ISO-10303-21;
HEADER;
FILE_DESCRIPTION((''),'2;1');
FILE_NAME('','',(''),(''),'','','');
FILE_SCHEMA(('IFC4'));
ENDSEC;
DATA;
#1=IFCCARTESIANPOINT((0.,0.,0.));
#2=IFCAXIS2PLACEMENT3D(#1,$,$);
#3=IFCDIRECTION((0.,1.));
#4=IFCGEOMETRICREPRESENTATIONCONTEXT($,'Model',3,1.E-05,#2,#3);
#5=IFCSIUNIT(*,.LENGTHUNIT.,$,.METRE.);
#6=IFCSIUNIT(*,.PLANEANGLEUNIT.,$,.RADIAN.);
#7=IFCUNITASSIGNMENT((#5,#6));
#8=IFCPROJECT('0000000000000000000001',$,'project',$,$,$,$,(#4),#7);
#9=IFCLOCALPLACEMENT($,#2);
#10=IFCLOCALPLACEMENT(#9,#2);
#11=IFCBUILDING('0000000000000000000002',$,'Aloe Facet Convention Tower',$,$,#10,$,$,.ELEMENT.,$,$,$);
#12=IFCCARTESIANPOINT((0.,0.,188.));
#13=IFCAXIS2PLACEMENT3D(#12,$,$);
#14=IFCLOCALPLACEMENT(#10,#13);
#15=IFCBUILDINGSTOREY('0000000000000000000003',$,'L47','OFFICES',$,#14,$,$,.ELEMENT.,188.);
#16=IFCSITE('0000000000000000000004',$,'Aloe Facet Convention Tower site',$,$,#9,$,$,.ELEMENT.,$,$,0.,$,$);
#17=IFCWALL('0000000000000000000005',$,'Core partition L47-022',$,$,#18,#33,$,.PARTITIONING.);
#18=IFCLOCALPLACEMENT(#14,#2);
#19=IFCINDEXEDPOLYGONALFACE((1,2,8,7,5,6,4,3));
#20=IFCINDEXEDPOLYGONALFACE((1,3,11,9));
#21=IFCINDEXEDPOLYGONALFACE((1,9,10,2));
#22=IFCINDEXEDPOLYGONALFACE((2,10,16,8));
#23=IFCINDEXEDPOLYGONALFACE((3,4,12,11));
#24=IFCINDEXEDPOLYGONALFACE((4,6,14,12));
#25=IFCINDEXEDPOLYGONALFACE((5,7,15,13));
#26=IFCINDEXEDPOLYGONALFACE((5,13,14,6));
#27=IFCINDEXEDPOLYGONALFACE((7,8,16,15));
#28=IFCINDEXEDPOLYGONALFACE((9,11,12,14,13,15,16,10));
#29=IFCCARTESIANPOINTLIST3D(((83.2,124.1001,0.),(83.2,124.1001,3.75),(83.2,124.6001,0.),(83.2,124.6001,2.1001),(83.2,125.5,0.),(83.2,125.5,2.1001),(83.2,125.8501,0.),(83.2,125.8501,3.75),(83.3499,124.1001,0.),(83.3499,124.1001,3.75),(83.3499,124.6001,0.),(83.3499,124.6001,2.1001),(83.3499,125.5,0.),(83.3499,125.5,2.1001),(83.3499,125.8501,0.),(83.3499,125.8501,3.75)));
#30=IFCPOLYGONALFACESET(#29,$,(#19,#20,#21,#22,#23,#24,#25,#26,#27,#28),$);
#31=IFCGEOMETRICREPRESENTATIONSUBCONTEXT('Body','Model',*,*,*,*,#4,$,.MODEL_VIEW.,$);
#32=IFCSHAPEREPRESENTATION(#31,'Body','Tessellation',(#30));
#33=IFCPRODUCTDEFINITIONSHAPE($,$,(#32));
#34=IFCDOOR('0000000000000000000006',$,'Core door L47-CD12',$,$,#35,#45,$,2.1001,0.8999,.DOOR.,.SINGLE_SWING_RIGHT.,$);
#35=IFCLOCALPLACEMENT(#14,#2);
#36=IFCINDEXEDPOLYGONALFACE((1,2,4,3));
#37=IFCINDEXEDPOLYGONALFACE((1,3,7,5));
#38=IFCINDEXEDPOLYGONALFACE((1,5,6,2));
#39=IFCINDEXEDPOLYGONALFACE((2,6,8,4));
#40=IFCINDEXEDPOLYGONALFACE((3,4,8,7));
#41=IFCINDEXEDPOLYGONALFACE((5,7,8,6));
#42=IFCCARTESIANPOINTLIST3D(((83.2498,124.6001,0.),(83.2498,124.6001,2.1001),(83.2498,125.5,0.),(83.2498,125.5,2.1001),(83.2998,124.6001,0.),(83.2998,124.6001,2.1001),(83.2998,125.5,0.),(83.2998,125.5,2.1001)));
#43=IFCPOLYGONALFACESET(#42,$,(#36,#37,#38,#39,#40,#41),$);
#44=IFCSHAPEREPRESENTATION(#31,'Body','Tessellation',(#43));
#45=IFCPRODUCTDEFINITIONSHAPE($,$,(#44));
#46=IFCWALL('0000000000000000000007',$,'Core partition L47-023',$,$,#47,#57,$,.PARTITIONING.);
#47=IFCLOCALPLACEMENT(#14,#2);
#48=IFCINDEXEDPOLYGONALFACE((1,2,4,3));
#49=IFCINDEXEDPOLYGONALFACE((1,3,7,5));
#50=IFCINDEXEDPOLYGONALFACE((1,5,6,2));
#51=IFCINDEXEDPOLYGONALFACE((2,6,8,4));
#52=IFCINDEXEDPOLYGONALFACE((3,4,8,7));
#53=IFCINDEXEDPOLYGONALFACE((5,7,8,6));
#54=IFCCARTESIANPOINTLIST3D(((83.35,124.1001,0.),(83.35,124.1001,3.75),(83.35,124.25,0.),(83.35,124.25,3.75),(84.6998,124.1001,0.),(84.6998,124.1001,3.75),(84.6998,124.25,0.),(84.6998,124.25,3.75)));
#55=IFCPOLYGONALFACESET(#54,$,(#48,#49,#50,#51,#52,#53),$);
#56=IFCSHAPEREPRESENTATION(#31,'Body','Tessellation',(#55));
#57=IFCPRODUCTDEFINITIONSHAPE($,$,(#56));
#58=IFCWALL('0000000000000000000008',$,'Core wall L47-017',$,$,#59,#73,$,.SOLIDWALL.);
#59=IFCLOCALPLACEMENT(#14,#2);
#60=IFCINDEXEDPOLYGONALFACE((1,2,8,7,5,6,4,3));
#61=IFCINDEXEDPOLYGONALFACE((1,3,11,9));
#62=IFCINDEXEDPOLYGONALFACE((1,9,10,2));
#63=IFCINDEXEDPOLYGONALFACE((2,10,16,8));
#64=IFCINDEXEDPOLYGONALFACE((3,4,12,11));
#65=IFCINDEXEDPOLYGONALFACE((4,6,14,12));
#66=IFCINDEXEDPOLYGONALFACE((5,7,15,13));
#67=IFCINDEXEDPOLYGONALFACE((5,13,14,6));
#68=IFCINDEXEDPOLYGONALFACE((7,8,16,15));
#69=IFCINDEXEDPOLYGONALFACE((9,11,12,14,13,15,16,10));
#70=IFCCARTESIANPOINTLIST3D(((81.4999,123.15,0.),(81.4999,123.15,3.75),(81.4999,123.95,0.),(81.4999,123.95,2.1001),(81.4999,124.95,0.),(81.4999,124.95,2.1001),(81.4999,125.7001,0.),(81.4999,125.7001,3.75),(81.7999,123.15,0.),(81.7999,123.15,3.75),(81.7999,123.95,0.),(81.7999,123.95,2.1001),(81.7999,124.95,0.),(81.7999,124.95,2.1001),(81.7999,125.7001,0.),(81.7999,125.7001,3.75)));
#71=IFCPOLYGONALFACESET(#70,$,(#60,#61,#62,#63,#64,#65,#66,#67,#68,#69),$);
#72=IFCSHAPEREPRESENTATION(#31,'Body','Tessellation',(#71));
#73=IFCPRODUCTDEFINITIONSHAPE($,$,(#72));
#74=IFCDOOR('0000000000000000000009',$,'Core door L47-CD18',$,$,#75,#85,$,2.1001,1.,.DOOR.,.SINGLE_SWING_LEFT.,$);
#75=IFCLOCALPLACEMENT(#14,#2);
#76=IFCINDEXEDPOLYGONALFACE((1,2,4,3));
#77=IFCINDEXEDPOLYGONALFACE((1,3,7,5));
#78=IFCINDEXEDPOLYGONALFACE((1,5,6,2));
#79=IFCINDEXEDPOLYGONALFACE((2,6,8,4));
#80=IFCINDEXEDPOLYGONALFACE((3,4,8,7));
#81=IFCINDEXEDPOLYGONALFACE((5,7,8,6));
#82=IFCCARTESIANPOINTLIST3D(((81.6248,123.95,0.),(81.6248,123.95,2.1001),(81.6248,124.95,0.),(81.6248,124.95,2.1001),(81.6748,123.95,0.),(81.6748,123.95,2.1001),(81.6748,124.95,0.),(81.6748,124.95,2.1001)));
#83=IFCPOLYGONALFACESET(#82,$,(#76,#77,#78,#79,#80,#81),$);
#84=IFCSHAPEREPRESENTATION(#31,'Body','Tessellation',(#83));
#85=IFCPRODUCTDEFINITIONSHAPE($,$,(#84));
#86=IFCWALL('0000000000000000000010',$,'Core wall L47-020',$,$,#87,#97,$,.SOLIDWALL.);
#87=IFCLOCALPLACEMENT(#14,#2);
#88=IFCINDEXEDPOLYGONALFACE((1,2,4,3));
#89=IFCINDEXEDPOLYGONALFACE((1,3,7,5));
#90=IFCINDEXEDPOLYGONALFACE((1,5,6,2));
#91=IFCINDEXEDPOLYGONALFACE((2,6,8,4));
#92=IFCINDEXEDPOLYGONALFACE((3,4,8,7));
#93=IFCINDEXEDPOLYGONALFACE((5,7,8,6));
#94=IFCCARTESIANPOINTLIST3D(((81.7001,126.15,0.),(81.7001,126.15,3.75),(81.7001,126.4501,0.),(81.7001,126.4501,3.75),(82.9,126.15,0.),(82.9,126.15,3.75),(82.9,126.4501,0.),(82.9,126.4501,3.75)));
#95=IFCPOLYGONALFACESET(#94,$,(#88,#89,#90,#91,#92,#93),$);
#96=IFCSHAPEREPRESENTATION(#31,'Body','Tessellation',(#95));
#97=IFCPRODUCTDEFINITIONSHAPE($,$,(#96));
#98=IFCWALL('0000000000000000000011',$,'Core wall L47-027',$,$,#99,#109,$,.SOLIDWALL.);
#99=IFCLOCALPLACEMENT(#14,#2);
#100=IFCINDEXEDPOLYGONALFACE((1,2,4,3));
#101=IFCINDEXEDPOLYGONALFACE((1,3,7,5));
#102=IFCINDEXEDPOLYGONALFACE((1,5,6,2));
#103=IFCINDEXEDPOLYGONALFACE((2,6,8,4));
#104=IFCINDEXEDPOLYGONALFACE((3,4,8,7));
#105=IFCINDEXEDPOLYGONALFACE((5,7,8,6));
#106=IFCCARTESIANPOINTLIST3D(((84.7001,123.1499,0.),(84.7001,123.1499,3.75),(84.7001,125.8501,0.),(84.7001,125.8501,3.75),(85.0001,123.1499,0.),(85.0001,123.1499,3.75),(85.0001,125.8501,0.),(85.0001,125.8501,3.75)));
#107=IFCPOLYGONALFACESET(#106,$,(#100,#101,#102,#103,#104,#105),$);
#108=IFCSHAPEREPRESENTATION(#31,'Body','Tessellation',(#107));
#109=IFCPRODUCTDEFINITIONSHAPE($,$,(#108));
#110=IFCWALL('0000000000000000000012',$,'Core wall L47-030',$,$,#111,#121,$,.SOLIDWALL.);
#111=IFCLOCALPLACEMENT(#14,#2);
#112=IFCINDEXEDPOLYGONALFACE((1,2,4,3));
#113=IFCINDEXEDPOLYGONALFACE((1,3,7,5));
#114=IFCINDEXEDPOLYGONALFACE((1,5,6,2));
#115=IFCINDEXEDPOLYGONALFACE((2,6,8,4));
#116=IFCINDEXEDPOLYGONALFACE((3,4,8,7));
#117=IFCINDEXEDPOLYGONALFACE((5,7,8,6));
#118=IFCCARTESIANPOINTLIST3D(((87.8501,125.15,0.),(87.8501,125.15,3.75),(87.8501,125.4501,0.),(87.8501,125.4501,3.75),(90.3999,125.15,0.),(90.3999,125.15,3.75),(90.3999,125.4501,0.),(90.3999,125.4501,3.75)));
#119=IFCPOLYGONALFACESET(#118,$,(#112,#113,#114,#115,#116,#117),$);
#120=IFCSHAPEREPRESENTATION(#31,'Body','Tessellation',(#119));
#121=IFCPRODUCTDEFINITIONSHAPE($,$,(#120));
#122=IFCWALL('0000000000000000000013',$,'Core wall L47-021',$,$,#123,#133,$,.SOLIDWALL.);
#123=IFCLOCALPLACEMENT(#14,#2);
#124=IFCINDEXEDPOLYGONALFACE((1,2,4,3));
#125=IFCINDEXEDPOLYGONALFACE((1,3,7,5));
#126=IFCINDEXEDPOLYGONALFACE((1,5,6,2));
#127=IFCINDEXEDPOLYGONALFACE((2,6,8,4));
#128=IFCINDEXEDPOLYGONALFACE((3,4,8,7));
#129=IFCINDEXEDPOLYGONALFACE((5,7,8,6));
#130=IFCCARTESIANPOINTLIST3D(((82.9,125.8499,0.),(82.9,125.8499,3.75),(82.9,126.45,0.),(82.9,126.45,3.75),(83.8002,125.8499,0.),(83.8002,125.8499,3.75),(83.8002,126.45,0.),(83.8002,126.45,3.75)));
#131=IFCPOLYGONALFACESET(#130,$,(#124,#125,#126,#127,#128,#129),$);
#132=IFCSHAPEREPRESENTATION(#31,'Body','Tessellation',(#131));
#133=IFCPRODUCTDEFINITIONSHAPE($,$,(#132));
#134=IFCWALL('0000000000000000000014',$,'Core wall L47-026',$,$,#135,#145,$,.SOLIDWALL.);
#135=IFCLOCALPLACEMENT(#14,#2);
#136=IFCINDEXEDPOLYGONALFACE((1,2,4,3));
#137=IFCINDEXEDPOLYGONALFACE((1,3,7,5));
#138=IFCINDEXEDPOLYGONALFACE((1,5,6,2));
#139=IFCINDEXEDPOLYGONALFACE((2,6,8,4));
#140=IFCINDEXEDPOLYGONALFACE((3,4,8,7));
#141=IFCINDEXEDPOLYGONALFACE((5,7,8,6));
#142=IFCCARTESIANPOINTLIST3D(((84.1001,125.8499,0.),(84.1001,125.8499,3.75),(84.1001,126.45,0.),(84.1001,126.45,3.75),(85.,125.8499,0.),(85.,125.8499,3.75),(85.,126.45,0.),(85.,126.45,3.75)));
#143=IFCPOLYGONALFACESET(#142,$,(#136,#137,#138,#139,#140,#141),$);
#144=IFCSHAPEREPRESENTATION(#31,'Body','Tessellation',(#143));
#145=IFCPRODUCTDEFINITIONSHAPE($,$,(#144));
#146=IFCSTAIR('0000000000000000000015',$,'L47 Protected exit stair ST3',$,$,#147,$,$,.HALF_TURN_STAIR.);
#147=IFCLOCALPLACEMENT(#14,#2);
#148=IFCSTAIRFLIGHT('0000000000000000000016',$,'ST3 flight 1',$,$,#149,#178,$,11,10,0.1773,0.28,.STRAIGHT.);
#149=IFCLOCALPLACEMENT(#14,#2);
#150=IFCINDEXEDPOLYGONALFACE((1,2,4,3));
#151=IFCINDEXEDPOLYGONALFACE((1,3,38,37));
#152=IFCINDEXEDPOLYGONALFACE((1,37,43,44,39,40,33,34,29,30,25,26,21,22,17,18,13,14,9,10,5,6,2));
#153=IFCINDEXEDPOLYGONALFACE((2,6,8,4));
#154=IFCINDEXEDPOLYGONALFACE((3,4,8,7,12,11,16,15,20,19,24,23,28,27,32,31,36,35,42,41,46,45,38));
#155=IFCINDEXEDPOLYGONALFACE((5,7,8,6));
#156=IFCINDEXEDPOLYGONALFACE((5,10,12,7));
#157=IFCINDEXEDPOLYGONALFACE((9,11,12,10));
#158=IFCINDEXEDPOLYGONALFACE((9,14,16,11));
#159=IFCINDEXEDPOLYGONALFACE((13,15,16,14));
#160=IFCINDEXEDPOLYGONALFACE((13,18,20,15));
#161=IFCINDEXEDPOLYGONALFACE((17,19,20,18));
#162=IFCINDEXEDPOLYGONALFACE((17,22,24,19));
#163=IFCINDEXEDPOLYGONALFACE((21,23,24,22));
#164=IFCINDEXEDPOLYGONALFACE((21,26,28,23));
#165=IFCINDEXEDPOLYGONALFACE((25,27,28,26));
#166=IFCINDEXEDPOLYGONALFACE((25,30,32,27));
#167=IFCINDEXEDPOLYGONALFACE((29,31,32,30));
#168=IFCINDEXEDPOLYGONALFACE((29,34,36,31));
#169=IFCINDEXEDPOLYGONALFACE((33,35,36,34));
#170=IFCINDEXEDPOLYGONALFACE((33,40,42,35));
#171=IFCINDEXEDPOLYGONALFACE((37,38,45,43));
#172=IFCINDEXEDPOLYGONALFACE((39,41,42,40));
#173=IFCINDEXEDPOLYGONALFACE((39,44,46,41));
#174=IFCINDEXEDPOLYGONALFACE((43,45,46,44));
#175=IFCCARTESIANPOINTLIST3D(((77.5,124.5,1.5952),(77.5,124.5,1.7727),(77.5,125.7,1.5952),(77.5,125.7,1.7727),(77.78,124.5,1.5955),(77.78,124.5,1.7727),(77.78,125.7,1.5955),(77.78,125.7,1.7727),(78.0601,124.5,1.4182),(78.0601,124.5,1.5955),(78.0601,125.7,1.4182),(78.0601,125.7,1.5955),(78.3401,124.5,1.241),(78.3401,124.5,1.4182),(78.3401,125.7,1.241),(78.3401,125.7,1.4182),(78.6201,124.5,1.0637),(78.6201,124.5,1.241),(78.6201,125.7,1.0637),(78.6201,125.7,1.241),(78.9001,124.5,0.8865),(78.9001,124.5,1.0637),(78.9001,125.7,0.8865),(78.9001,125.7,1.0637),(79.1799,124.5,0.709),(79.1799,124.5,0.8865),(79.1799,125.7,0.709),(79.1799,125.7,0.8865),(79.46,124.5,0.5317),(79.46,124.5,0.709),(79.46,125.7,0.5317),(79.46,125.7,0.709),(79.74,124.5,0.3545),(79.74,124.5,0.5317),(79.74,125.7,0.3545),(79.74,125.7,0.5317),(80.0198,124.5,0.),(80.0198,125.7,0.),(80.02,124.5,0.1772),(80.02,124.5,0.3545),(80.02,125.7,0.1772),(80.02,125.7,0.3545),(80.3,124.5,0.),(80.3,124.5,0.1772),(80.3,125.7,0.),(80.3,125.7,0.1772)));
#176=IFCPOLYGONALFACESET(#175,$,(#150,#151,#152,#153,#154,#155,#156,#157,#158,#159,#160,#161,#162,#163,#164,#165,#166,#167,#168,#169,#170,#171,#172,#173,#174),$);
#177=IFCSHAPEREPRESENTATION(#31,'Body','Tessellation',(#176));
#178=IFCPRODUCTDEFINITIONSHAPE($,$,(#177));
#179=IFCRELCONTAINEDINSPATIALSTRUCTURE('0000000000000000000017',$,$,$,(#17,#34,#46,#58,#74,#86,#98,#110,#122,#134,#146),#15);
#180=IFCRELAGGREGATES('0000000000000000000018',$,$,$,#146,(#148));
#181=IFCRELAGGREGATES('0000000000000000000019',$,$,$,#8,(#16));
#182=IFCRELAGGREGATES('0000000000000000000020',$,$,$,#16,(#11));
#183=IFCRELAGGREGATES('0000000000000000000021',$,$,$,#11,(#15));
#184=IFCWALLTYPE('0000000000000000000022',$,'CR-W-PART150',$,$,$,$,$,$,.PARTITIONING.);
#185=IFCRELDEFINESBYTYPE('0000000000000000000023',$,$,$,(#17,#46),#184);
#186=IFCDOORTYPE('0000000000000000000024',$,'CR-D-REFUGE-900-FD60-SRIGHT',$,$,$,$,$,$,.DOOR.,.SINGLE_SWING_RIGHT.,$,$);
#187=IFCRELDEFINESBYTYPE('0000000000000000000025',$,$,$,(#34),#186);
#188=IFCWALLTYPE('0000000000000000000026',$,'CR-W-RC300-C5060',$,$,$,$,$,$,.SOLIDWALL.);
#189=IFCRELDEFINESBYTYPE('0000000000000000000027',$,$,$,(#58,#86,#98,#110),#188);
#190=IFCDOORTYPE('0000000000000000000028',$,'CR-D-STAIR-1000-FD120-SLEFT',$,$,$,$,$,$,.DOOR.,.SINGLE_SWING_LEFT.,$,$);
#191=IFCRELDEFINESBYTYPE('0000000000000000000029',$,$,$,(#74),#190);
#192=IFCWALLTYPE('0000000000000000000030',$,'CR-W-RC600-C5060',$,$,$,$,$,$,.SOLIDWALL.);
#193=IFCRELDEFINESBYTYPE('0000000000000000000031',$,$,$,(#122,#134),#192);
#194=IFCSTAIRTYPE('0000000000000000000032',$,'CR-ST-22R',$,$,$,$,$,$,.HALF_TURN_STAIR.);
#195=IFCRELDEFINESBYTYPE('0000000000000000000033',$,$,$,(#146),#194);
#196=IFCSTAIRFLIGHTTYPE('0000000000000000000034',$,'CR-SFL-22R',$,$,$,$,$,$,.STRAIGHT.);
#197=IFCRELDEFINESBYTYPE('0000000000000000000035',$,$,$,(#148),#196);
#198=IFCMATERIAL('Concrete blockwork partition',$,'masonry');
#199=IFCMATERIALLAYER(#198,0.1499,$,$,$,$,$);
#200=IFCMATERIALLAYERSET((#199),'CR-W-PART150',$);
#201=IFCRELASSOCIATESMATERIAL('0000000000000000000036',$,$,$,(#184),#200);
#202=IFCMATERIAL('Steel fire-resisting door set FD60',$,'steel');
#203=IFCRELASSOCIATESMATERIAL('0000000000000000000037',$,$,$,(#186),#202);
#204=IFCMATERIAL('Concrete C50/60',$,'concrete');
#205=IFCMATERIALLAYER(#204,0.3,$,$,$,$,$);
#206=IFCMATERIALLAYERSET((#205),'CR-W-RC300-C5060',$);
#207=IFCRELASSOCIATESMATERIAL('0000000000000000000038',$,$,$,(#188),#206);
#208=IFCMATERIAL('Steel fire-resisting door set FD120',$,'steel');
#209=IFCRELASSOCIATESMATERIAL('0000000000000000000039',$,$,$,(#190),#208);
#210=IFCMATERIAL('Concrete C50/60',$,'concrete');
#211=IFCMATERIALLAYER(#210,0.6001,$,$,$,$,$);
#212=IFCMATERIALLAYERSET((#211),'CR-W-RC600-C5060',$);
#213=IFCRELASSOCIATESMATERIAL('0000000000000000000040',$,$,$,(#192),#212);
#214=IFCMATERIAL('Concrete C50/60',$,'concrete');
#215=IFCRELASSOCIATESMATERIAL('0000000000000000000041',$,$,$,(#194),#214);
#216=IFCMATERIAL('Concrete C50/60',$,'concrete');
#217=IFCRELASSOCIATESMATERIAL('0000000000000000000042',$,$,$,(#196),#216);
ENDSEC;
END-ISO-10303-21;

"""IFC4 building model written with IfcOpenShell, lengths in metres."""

from ifc_helpers import new_model, si_unit, direction, frame, frame_2d, origin, place, context, subcontext, project, spatial, polyline, rectangle, outline, extrude, material, layer, layer_set, type_object, element, fill, aggregate, save


model = new_model("IFC4")

# Units and contexts
model_context = context("Model", 3, precision=1e-05, world=origin(), true_north=direction((0.0, 1.0)))
body_context = subcontext(model_context, "Body", "Model", "MODEL_VIEW")
ifc_project = project(units=[si_unit("LENGTHUNIT", "METRE"), si_unit("PLANEANGLEUNIT", "RADIAN")], contexts=[model_context])

# Site, building, storey
site_placement = place(None, origin())
site = spatial("IfcSite", under=ifc_project, at=site_placement, Name="Aloe Facet Convention Tower site", CompositionType="ELEMENT", RefElevation=0.0)
building_placement = place(site_placement, origin())
building = spatial("IfcBuilding", under=site, at=building_placement, Name="Aloe Facet Convention Tower", CompositionType="ELEMENT")
storey_placement = place(building_placement, frame((0.0, 0.0, 188.0)))
storey = spatial("IfcBuildingStorey", under=building, at=storey_placement, Name="L47", Description="OFFICES", CompositionType="ELEMENT", Elevation=188.0)

# Wall, opening, door
ifc_material_1 = material(Name="Concrete blockwork partition", Category="masonry")
ifc_layer_1 = layer(ifc_material_1, 0.1499)
ifc_layer_set_1 = layer_set([ifc_layer_1], Name="CR-W-PART150")
wall_type_1 = type_object("IfcWallType", Name="CR-W-PART150", PredefinedType="PARTITIONING", material=ifc_layer_set_1)
wall_1_placement = place(storey_placement, frame((83.2749, 125.8501, 0.0), z_axis=(0.0, 0.0, 1.0), x_axis=(0.0, -1.0, 0.0)))
wall_1 = element("IfcWall", 1, at=wall_1_placement, inside=storey, type_object=wall_type_1, Name="Core partition L47-022", PredefinedType="PARTITIONING", context=body_context, shape_type="SweptSolid", body=[
    extrude(rectangle(XDim=1.75, YDim=0.1499, at=frame_2d((0.875, 0.0))), origin(), (0.0, 0.0, 1.0), 3.75),
])
opening_1_placement = place(wall_1_placement, frame((0.3501, 0.0, 0.0)))
opening_1 = element("IfcOpeningElement", 2, at=opening_1_placement, cuts=wall_1, PredefinedType="OPENING", context=body_context, shape_type="SweptSolid", body=[
    extrude(rectangle(XDim=0.8999, YDim=2.1001, at=frame_2d((0.45, 1.05))), frame((0.0, 0.085, 0.0), z_axis=(0.0, -1.0, 0.0), x_axis=(1.0, 0.0, 0.0)), (0.0, 0.0, 1.0), 0.1699),
])
ifc_material_2 = material(Name="Steel fire-resisting door set FD60", Category="steel")
door_type_1 = type_object("IfcDoorType", Name="CR-D-REFUGE-900-FD60-SRIGHT", OperationType="SINGLE_SWING_RIGHT", PredefinedType="DOOR", material=ifc_material_2)
door_1_placement = place(opening_1_placement, origin())
door_1 = element("IfcDoor", 3, at=door_1_placement, inside=storey, type_object=door_type_1, Name="Core door L47-CD12", OperationType="SINGLE_SWING_RIGHT", OverallHeight=2.1001, OverallWidth=0.8999, PredefinedType="DOOR", context=body_context, shape_type="SweptSolid", body=[
    extrude(rectangle(XDim=0.8999, YDim=2.1001, at=frame_2d((0.45, 1.05))), frame((0.0, 0.0249, 0.0), z_axis=(0.0, -1.0, 0.0), x_axis=(1.0, 0.0, 0.0)), (0.0, 0.0, 1.0), 0.05),
])
fill(opening_1, door_1)

# Wall
wall_2_placement = place(storey_placement, frame((83.3501, 124.175, 0.0), z_axis=(0.0, 0.0, 1.0), x_axis=(1.0, 0.0, 0.0)))
element("IfcWall", 4, at=wall_2_placement, inside=storey, type_object=wall_type_1, Name="Core partition L47-023", PredefinedType="PARTITIONING", context=body_context, shape_type="SweptSolid", body=[
    extrude(rectangle(XDim=1.3499, YDim=0.1499, at=frame_2d((0.6748, 0.0))), origin(), (0.0, 0.0, 1.0), 3.75),
])

# Wall, opening, door
ifc_material_3 = material(Name="Concrete C50/60", Category="concrete")
ifc_layer_2 = layer(ifc_material_3, 0.3)
ifc_layer_set_2 = layer_set([ifc_layer_2], Name="CR-W-RC300-C5060")
wall_type_2 = type_object("IfcWallType", Name="CR-W-RC300-C5060", PredefinedType="SOLIDWALL", material=ifc_layer_set_2)
wall_3_placement = place(storey_placement, frame((81.6499, 125.7, 0.0), z_axis=(0.0, 0.0, 1.0), x_axis=(0.0, -1.0, 0.0)))
wall_3 = element("IfcWall", 5, at=wall_3_placement, inside=storey, type_object=wall_type_2, Name="Core wall L47-017", PredefinedType="SOLIDWALL", context=body_context, shape_type="SweptSolid", body=[
    extrude(rectangle(XDim=2.55, YDim=0.3, at=frame_2d((1.2749, 0.0))), origin(), (0.0, 0.0, 1.0), 3.75),
])
opening_2_placement = place(wall_3_placement, frame((0.75, 0.0, 0.0)))
opening_2 = element("IfcOpeningElement", 6, at=opening_2_placement, cuts=wall_3, PredefinedType="OPENING", context=body_context, shape_type="SweptSolid", body=[
    extrude(rectangle(XDim=1.0, YDim=2.1001, at=frame_2d((0.5, 1.05))), frame((0.0, 0.1602, 0.0), z_axis=(0.0, -1.0, 0.0), x_axis=(1.0, 0.0, 0.0)), (0.0, 0.0, 1.0), 0.3201),
])
ifc_material_4 = material(Name="Steel fire-resisting door set FD120", Category="steel")
door_type_2 = type_object("IfcDoorType", Name="CR-D-STAIR-1000-FD120-SLEFT", OperationType="SINGLE_SWING_LEFT", PredefinedType="DOOR", material=ifc_material_4)
door_2_placement = place(opening_2_placement, origin())
door_2 = element("IfcDoor", 7, at=door_2_placement, inside=storey, type_object=door_type_2, Name="Core door L47-CD18", OperationType="SINGLE_SWING_LEFT", OverallHeight=2.1001, OverallWidth=1.0, PredefinedType="DOOR", context=body_context, shape_type="SweptSolid", body=[
    extrude(rectangle(XDim=1.0, YDim=2.1001, at=frame_2d((0.5, 1.05))), frame((0.0, 0.0249, 0.0), z_axis=(0.0, -1.0, 0.0), x_axis=(1.0, 0.0, 0.0)), (0.0, 0.0, 1.0), 0.05),
])
fill(opening_2, door_2)

# Walls
wall_4_placement = place(storey_placement, frame((81.7, 126.3, 0.0), z_axis=(0.0, 0.0, 1.0), x_axis=(1.0, 0.0, 0.0)))
element("IfcWall", 8, at=wall_4_placement, inside=storey, type_object=wall_type_2, Name="Core wall L47-020", PredefinedType="SOLIDWALL", context=body_context, shape_type="SweptSolid", body=[
    extrude(rectangle(XDim=1.2, YDim=0.3, at=frame_2d((0.6001, 0.0))), origin(), (0.0, 0.0, 1.0), 3.75),
])
wall_5_placement = place(storey_placement, frame((84.8501, 125.8501, 0.0), z_axis=(0.0, 0.0, 1.0), x_axis=(0.0, -1.0, 0.0)))
element("IfcWall", 9, at=wall_5_placement, inside=storey, type_object=wall_type_2, Name="Core wall L47-027", PredefinedType="SOLIDWALL", context=body_context, shape_type="SweptSolid", body=[
    extrude(rectangle(XDim=2.7002, YDim=0.3, at=frame_2d((1.3501, 0.0))), origin(), (0.0, 0.0, 1.0), 3.75),
])
wall_6_placement = place(storey_placement, frame((87.8501, 125.3, 0.0), z_axis=(0.0, 0.0, 1.0), x_axis=(1.0, 0.0, 0.0)))
element("IfcWall", 10, at=wall_6_placement, inside=storey, type_object=wall_type_2, Name="Core wall L47-030", PredefinedType="SOLIDWALL", context=body_context, shape_type="SweptSolid", body=[
    extrude(rectangle(XDim=2.5498, YDim=0.3, at=frame_2d((1.2749, 0.0))), origin(), (0.0, 0.0, 1.0), 3.75),
])
ifc_material_5 = material(Name="Concrete C50/60", Category="concrete")
ifc_layer_3 = layer(ifc_material_5, 0.6001)
ifc_layer_set_3 = layer_set([ifc_layer_3], Name="CR-W-RC600-C5060")
wall_type_3 = type_object("IfcWallType", Name="CR-W-RC600-C5060", PredefinedType="SOLIDWALL", material=ifc_layer_set_3)
wall_7_placement = place(storey_placement, frame((82.8999, 126.1499, 0.0), z_axis=(0.0, 0.0, 1.0), x_axis=(1.0, 0.0, 0.0)))
element("IfcWall", 11, at=wall_7_placement, inside=storey, type_object=wall_type_3, Name="Core wall L47-021", PredefinedType="SOLIDWALL", context=body_context, shape_type="SweptSolid", body=[
    extrude(rectangle(XDim=0.9001, YDim=0.6001, at=frame_2d((0.4502, 0.0))), origin(), (0.0, 0.0, 1.0), 3.75),
])
wall_8_placement = place(storey_placement, frame((84.1001, 126.1499, 0.0), z_axis=(0.0, 0.0, 1.0), x_axis=(1.0, 0.0, 0.0)))
element("IfcWall", 12, at=wall_8_placement, inside=storey, type_object=wall_type_3, Name="Core wall L47-026", PredefinedType="SOLIDWALL", context=body_context, shape_type="SweptSolid", body=[
    extrude(rectangle(XDim=0.8999, YDim=0.6001, at=frame_2d((0.45, 0.0))), origin(), (0.0, 0.0, 1.0), 3.75),
])

# Stair, stair flight
ifc_material_6 = material(Name="Concrete C50/60", Category="concrete")
stair_type = type_object("IfcStairType", Name="CR-ST-22R", PredefinedType="HALF_TURN_STAIR", material=ifc_material_6)
stair_placement = place(storey_placement, origin())
stair = element("IfcStair", 13, at=stair_placement, inside=storey, type_object=stair_type, Name="L47 Protected exit stair ST3", PredefinedType="HALF_TURN_STAIR")
ifc_material_7 = material(Name="Concrete C50/60", Category="concrete")
stair_flight_type = type_object("IfcStairFlightType", Name="CR-SFL-22R", PredefinedType="STRAIGHT", material=ifc_material_7)
stair_flight_placement = place(storey_placement, frame((80.3, 125.1001, 0.0), z_axis=(0.0, 0.0, 1.0), x_axis=(-1.0, 0.0, 0.0)))
stair_flight = element("IfcStairFlight", 14, at=stair_flight_placement, type_object=stair_flight_type, Name="ST3 flight 1", NumberOfRisers=11, NumberOfTreads=10, PredefinedType="STRAIGHT", RiserHeight=0.1773, TreadLength=0.28, context=body_context, shape_type="SweptSolid", body=[
    extrude(outline(polyline([(0.0, 0.0), (0.0, 0.1772), (0.28, 0.1772), (0.28, 0.3545), (0.5601, 0.3545), (0.5601, 0.5317), (0.8401, 0.5317), (0.8401, 0.709), (1.1201, 0.709), (1.1201, 0.8865), (1.3999, 0.8865), (1.3999, 1.0637), (1.6799, 1.0637), (1.6799, 1.241), (1.96, 1.241), (1.96, 1.4182), (2.24, 1.4182), (2.24, 1.5955), (2.52, 1.5955), (2.52, 1.7727), (2.8, 1.7727), (2.8, 1.95), (2.8, 1.5952), (0.2803, 0.0), (0.0, 0.0)])), frame((0.0, 0.6001, 0.0), z_axis=(0.0, -1.0, 0.0), x_axis=(1.0, 0.0, 0.0)), (0.0, 0.0, 1.0), 1.2),
])
aggregate(stair, [stair_flight])

save(model, "model.ifc")
